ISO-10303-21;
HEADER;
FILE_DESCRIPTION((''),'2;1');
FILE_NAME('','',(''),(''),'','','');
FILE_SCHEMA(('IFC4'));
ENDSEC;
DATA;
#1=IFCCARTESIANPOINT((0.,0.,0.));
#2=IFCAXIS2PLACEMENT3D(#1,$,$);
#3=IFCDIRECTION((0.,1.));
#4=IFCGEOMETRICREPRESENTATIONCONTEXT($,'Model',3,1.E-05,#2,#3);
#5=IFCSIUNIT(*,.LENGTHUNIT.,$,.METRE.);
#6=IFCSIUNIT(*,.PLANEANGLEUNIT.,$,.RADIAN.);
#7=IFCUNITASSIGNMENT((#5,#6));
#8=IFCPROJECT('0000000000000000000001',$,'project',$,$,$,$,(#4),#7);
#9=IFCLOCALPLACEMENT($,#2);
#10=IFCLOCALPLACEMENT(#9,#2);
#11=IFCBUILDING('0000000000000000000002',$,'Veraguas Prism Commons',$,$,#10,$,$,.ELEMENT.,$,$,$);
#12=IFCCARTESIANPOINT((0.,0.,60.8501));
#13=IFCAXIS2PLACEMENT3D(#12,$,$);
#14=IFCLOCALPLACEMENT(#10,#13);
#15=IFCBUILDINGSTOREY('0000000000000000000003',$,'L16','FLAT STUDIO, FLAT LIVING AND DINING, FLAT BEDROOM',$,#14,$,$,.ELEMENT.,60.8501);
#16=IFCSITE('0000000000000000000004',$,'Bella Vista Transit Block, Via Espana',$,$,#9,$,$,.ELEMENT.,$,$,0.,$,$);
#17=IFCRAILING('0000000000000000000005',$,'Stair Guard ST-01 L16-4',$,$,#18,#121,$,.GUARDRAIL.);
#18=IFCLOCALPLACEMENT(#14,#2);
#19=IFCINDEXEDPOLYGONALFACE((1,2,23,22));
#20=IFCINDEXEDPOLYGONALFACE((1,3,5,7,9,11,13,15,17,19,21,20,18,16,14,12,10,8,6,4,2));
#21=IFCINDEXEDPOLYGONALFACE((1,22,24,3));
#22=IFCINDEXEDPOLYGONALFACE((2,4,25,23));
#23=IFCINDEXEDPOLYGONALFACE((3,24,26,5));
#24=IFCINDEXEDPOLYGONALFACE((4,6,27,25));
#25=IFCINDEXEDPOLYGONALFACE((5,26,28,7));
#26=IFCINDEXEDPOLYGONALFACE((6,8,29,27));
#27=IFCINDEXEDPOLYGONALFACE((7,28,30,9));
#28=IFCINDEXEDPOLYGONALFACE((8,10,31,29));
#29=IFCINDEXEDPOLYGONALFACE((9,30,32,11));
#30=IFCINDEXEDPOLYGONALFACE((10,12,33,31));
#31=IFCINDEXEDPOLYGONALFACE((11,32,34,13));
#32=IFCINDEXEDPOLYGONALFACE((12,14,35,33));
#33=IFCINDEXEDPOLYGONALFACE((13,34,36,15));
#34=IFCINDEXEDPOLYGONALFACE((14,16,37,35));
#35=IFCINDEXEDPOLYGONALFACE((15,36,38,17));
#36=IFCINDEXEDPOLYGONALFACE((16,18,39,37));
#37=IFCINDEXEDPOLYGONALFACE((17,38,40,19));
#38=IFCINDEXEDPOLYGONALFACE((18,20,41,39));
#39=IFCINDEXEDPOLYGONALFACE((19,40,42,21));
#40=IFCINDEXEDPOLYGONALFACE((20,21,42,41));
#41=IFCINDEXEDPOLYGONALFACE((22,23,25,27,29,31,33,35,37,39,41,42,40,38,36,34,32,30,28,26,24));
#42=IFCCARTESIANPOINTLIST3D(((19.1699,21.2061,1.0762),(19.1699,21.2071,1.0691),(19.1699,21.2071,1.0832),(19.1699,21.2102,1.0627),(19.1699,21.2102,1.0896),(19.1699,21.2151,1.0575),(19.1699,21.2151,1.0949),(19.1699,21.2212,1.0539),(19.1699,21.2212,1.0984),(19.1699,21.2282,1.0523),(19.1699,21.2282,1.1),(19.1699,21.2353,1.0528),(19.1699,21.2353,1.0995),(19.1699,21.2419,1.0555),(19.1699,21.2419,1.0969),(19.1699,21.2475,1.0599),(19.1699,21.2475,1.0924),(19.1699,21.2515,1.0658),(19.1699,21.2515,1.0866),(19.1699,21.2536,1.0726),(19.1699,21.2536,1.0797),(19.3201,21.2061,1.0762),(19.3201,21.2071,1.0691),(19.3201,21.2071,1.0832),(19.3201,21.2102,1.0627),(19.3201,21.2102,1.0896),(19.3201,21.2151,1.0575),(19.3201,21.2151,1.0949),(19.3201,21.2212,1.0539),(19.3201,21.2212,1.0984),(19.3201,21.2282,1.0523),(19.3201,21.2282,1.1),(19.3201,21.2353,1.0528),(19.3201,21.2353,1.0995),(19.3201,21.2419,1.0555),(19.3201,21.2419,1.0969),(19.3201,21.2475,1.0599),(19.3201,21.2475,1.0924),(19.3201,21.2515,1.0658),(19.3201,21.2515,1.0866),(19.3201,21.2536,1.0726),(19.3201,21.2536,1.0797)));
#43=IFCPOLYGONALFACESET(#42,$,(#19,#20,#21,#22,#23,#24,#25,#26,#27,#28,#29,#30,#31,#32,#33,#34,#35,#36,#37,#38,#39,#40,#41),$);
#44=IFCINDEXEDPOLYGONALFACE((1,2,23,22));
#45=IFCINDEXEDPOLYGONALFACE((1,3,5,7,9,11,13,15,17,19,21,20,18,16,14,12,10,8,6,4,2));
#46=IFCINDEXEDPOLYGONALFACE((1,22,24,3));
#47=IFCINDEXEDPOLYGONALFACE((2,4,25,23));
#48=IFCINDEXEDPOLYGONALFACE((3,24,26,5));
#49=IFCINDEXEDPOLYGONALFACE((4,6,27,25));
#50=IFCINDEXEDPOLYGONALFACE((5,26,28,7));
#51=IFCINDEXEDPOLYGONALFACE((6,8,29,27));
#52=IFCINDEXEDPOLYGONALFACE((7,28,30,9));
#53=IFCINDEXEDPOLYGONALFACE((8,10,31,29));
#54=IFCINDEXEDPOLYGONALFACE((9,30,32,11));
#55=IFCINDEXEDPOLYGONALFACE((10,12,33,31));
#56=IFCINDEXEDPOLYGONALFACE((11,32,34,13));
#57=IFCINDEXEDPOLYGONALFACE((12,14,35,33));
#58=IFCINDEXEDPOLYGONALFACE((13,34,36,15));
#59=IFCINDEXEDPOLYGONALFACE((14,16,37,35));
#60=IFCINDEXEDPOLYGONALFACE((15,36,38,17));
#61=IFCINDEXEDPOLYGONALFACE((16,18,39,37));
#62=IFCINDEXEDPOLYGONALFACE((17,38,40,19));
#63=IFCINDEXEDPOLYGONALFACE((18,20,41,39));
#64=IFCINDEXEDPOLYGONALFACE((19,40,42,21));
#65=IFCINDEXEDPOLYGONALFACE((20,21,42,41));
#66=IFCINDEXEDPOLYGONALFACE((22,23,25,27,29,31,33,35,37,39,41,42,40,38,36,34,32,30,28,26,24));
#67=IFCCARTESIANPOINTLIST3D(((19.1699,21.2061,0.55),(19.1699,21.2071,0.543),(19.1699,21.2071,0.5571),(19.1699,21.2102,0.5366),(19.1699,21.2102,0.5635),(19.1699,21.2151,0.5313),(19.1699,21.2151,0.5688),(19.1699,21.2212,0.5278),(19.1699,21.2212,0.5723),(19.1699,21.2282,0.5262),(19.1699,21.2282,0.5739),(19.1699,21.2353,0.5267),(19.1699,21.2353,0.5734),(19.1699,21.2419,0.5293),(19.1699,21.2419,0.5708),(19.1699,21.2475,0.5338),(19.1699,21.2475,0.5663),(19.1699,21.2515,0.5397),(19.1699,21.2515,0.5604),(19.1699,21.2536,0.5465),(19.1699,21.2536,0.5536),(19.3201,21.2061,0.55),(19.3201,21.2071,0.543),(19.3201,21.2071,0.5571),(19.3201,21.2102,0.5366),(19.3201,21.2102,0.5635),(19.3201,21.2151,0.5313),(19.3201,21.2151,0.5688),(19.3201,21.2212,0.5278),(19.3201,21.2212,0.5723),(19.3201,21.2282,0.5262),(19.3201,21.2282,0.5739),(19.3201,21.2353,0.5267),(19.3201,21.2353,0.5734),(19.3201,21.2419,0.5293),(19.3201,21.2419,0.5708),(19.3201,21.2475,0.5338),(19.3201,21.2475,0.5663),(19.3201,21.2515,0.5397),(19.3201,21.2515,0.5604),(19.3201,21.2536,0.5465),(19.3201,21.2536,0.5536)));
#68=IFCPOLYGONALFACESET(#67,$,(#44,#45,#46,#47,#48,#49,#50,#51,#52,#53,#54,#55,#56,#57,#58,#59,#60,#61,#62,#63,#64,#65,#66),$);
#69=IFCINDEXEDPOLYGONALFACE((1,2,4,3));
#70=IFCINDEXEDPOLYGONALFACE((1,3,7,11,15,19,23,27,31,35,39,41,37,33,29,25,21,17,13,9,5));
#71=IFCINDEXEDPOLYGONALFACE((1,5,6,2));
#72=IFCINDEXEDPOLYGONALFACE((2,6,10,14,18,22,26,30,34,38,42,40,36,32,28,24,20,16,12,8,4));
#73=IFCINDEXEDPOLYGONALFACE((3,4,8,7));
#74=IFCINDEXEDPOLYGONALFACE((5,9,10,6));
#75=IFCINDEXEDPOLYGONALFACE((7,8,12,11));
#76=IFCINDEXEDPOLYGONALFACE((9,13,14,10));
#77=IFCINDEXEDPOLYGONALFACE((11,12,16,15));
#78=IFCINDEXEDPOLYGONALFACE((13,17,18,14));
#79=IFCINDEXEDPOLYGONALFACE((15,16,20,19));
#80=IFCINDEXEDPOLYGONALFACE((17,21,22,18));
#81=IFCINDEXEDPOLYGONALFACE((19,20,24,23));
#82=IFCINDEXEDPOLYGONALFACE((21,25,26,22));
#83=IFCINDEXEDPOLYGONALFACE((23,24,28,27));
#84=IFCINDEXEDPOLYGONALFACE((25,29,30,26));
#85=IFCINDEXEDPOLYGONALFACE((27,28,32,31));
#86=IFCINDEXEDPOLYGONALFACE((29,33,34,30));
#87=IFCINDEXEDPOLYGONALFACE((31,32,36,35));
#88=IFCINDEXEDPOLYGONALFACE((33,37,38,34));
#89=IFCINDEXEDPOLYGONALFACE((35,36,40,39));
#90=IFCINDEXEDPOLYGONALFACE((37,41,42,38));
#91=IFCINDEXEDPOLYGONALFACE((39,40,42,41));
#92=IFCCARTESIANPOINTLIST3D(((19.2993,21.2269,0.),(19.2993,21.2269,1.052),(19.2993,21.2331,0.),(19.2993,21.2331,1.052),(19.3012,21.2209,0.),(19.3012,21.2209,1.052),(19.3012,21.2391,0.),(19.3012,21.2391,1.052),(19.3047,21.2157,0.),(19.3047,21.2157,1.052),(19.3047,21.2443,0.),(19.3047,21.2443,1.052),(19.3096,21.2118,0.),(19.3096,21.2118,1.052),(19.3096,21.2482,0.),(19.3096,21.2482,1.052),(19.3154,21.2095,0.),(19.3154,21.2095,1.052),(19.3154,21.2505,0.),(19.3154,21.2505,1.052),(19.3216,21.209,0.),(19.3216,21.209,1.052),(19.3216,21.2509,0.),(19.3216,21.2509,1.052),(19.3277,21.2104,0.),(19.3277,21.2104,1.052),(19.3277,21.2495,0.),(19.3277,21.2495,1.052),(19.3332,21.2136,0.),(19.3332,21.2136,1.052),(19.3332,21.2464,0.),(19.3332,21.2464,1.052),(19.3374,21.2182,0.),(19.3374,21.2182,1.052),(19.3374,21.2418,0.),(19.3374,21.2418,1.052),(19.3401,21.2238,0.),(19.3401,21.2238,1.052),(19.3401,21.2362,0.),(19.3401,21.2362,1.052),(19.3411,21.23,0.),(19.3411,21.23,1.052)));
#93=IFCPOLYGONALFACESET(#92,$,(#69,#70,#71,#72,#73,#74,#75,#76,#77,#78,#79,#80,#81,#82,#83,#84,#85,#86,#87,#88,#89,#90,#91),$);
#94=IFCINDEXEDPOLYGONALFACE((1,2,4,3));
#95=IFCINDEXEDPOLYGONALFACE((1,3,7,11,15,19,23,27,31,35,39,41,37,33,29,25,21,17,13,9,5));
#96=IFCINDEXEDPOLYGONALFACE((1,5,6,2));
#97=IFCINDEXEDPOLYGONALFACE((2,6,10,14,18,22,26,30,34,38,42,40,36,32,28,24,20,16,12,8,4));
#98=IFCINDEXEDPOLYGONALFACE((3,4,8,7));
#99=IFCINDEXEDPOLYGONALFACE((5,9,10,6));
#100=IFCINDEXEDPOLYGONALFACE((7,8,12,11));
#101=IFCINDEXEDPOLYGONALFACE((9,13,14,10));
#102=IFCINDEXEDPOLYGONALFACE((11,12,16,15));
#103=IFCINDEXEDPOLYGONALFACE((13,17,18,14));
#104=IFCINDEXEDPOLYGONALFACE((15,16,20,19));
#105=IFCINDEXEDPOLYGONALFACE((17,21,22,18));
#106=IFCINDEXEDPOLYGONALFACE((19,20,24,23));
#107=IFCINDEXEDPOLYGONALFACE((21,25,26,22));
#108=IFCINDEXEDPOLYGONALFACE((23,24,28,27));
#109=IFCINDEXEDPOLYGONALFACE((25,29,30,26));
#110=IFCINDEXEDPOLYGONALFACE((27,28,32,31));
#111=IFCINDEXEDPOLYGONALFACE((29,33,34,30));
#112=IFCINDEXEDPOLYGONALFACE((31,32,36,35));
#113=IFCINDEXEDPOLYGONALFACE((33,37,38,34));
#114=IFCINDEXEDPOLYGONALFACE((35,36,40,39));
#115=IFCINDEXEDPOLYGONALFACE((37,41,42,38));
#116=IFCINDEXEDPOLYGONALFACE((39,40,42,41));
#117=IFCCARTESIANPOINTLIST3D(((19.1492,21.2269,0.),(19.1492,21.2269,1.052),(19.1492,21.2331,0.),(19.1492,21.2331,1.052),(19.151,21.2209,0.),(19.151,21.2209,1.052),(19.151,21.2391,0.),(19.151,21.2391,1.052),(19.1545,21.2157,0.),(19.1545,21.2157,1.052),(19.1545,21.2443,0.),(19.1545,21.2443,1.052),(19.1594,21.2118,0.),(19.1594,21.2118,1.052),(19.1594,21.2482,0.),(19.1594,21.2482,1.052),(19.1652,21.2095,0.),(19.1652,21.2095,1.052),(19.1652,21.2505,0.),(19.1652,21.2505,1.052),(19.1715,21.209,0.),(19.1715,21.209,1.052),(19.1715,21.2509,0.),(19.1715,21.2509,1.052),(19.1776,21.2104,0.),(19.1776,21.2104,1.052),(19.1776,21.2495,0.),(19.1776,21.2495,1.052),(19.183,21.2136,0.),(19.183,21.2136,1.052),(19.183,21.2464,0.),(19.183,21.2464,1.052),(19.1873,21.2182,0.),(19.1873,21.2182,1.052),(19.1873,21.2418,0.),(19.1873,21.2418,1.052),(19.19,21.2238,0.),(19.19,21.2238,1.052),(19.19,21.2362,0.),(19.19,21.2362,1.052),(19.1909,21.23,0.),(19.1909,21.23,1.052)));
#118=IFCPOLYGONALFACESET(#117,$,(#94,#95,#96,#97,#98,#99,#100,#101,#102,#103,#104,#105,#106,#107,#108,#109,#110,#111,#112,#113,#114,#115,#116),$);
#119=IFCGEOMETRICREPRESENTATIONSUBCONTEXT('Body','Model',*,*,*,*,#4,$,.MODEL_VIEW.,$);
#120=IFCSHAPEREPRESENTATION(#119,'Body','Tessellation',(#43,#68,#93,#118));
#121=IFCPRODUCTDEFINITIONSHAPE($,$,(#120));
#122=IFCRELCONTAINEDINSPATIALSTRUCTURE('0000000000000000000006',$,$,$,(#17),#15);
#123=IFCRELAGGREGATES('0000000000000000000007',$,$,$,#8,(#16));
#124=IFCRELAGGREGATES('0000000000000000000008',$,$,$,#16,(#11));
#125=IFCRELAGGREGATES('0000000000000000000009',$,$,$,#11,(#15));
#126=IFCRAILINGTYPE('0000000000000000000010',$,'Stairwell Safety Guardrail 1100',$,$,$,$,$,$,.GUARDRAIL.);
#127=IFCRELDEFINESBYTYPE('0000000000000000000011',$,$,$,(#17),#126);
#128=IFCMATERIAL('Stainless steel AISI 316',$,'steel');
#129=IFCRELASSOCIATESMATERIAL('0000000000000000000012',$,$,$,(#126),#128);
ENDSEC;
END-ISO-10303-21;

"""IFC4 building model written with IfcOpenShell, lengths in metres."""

from ifc_helpers import new_model, si_unit, direction, frame, origin, origin_2d, place, context, subcontext, project, spatial, circle, extrude, material, type_object, element, save


model = new_model("IFC4")

# Units and contexts
model_context = context("Model", 3, precision=1e-05, world=origin(), true_north=direction((0.0, 1.0)))
body_context = subcontext(model_context, "Body", "Model", "MODEL_VIEW")
ifc_project = project(units=[si_unit("LENGTHUNIT", "METRE"), si_unit("PLANEANGLEUNIT", "RADIAN")], contexts=[model_context])

# Site, building, storey
site_placement = place(None, origin())
site = spatial("IfcSite", under=ifc_project, at=site_placement, Name="Bella Vista Transit Block, Via Espana", CompositionType="ELEMENT", RefElevation=0.0)
building_placement = place(site_placement, origin())
building = spatial("IfcBuilding", under=site, at=building_placement, Name="Veraguas Prism Commons", CompositionType="ELEMENT")
storey_placement = place(building_placement, frame((0.0, 0.0, 60.8501)))
storey = spatial("IfcBuildingStorey", under=building, at=storey_placement, Name="L16", Description="FLAT STUDIO, FLAT LIVING AND DINING, FLAT BEDROOM", CompositionType="ELEMENT", Elevation=60.8501)

# Railing
ifc_material_1 = material(Name="Stainless steel AISI 316", Category="steel")
railing_type_1 = type_object("IfcRailingType", Name="Stairwell Safety Guardrail 1100", PredefinedType="GUARDRAIL", material=ifc_material_1)
railing_1_placement = place(storey_placement, frame((19.3201, 21.23, 0.0)))
element("IfcRailing", 1, at=railing_1_placement, inside=storey, type_object=railing_type_1, Name="Stair Guard ST-01 L16-4", PredefinedType="GUARDRAIL", context=body_context, shape_type="SweptSolid", body=[
    extrude(circle(Radius=0.0239, at=origin_2d()), frame((0.0, 0.0, 1.0762), z_axis=(-1.0, 0.0, 0.0), x_axis=(0.0, -1.0, 0.0)), (0.0, 0.0, 1.0), 0.1501),
    extrude(circle(Radius=0.0239, at=origin_2d()), frame((0.0, 0.0, 0.55), z_axis=(-1.0, 0.0, 0.0), x_axis=(0.0, -1.0, 0.0)), (0.0, 0.0, 1.0), 0.1501),
    extrude(circle(Radius=0.021, at=origin_2d()), origin(), (0.0, 0.0, 1.0), 1.052),
    extrude(circle(Radius=0.021, at=origin_2d()), frame((-0.1501, 0.0, 0.0)), (0.0, 0.0, 1.0), 1.052),
])

save(model, "model.ifc")
